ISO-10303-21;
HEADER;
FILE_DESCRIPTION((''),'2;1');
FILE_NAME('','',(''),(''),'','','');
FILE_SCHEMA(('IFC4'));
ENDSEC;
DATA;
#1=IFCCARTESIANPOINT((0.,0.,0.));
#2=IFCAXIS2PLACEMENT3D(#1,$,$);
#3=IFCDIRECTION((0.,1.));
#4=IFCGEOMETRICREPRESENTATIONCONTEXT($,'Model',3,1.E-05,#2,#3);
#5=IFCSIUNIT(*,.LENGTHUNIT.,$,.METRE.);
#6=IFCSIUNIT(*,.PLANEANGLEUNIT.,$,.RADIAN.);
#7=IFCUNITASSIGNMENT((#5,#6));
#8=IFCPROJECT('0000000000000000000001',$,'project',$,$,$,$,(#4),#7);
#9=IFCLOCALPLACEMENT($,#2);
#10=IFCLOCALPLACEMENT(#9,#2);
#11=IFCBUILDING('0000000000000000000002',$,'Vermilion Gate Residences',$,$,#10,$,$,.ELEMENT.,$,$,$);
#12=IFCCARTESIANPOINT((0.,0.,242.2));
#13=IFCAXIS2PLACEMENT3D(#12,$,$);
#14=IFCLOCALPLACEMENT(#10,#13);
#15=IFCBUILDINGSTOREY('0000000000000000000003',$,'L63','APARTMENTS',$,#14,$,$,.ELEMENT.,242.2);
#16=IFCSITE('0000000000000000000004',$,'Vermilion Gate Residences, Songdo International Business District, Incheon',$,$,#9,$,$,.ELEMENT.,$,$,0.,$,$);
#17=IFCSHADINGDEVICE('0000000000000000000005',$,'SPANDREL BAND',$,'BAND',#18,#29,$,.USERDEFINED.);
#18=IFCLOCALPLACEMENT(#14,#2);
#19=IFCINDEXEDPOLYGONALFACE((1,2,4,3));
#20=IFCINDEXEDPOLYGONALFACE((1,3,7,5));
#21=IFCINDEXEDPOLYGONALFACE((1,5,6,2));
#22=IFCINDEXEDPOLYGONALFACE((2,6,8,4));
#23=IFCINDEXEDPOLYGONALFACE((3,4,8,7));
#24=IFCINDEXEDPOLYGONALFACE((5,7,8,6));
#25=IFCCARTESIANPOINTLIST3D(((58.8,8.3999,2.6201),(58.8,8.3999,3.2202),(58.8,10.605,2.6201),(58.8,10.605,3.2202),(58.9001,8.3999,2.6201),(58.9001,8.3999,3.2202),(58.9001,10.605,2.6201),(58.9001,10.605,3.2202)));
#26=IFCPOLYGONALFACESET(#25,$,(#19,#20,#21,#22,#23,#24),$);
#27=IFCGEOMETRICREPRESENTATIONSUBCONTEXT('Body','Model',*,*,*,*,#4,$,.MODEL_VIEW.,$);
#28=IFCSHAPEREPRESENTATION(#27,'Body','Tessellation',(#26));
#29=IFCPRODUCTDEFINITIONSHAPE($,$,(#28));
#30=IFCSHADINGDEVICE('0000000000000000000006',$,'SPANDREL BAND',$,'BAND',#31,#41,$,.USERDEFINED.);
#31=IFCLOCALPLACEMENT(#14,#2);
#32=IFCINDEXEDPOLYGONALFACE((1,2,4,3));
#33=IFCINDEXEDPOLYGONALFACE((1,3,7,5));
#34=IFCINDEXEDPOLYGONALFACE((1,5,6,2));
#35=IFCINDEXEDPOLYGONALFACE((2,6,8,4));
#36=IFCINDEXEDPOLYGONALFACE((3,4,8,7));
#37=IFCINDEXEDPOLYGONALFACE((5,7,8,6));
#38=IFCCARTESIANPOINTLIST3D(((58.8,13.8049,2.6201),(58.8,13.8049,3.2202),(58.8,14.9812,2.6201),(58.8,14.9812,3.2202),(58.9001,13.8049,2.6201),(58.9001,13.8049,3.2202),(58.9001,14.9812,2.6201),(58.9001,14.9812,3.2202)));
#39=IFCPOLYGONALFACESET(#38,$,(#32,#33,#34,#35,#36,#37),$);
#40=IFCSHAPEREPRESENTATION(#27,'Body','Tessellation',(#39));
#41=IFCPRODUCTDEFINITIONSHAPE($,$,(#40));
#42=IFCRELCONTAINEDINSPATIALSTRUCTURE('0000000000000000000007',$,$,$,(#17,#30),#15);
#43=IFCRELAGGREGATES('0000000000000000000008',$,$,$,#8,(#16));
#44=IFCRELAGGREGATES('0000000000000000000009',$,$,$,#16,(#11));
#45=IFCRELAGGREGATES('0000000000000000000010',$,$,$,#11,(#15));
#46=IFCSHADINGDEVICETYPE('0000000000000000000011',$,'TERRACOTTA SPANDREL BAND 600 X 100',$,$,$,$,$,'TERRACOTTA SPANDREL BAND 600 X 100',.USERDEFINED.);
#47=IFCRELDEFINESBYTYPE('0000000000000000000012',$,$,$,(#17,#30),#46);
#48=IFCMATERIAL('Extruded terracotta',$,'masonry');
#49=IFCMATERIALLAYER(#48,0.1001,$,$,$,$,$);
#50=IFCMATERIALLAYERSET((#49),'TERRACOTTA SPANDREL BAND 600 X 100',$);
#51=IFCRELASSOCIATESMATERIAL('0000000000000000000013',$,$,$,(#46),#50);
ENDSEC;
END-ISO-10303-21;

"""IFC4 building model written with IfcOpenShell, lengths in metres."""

from ifc_helpers import new_model, si_unit, direction, frame, origin, origin_2d, place, context, subcontext, project, spatial, rectangle, extrude, material, layer, layer_set, type_object, element, save


model = new_model("IFC4")

# Units and contexts
model_context = context("Model", 3, precision=1e-05, world=origin(), true_north=direction((0.0, 1.0)))
body_context = subcontext(model_context, "Body", "Model", "MODEL_VIEW")
ifc_project = project(units=[si_unit("LENGTHUNIT", "METRE"), si_unit("PLANEANGLEUNIT", "RADIAN")], contexts=[model_context])

# Site, building, storey
site_placement = place(None, origin())
site = spatial("IfcSite", under=ifc_project, at=site_placement, Name="Vermilion Gate Residences, Songdo International Business District, Incheon", CompositionType="ELEMENT", RefElevation=0.0)
building_placement = place(site_placement, origin())
building = spatial("IfcBuilding", under=site, at=building_placement, Name="Vermilion Gate Residences", CompositionType="ELEMENT")
storey_placement = place(building_placement, frame((0.0, 0.0, 242.2)))
storey = spatial("IfcBuildingStorey", under=building, at=storey_placement, Name="L63", Description="APARTMENTS", CompositionType="ELEMENT", Elevation=242.2)

# Shading devices
ifc_material_1 = material(Name="Extruded terracotta", Category="masonry")
ifc_layer_1 = layer(ifc_material_1, 0.1001)
ifc_layer_set_1 = layer_set([ifc_layer_1], Name="TERRACOTTA SPANDREL BAND 600 X 100")
shading_device_type = type_object("IfcShadingDeviceType", Name="TERRACOTTA SPANDREL BAND 600 X 100", ElementType="TERRACOTTA SPANDREL BAND 600 X 100", PredefinedType="USERDEFINED", material=ifc_layer_set_1)
shading_device_1_placement = place(storey_placement, frame((58.8501, 9.5024, 2.6201), z_axis=(0.0, 0.0, 1.0), x_axis=(0.0, 1.0, 0.0)))
element("IfcShadingDevice", 1, at=shading_device_1_placement, inside=storey, type_object=shading_device_type, Name="SPANDREL BAND", ObjectType="BAND", PredefinedType="USERDEFINED", context=body_context, shape_type="SweptSolid", body=[
    extrude(rectangle(XDim=2.2051, YDim=0.1001, at=origin_2d()), origin(), (0.0, 0.0, 1.0), 0.6001),
])
shading_device_2_placement = place(storey_placement, frame((58.8501, 14.3931, 2.6201), z_axis=(0.0, 0.0, 1.0), x_axis=(0.0, 1.0, 0.0)))
element("IfcShadingDevice", 2, at=shading_device_2_placement, inside=storey, type_object=shading_device_type, Name="SPANDREL BAND", ObjectType="BAND", PredefinedType="USERDEFINED", context=body_context, shape_type="SweptSolid", body=[
    extrude(rectangle(XDim=1.1763, YDim=0.1001, at=origin_2d()), origin(), (0.0, 0.0, 1.0), 0.6001),
])

save(model, "model.ifc")
